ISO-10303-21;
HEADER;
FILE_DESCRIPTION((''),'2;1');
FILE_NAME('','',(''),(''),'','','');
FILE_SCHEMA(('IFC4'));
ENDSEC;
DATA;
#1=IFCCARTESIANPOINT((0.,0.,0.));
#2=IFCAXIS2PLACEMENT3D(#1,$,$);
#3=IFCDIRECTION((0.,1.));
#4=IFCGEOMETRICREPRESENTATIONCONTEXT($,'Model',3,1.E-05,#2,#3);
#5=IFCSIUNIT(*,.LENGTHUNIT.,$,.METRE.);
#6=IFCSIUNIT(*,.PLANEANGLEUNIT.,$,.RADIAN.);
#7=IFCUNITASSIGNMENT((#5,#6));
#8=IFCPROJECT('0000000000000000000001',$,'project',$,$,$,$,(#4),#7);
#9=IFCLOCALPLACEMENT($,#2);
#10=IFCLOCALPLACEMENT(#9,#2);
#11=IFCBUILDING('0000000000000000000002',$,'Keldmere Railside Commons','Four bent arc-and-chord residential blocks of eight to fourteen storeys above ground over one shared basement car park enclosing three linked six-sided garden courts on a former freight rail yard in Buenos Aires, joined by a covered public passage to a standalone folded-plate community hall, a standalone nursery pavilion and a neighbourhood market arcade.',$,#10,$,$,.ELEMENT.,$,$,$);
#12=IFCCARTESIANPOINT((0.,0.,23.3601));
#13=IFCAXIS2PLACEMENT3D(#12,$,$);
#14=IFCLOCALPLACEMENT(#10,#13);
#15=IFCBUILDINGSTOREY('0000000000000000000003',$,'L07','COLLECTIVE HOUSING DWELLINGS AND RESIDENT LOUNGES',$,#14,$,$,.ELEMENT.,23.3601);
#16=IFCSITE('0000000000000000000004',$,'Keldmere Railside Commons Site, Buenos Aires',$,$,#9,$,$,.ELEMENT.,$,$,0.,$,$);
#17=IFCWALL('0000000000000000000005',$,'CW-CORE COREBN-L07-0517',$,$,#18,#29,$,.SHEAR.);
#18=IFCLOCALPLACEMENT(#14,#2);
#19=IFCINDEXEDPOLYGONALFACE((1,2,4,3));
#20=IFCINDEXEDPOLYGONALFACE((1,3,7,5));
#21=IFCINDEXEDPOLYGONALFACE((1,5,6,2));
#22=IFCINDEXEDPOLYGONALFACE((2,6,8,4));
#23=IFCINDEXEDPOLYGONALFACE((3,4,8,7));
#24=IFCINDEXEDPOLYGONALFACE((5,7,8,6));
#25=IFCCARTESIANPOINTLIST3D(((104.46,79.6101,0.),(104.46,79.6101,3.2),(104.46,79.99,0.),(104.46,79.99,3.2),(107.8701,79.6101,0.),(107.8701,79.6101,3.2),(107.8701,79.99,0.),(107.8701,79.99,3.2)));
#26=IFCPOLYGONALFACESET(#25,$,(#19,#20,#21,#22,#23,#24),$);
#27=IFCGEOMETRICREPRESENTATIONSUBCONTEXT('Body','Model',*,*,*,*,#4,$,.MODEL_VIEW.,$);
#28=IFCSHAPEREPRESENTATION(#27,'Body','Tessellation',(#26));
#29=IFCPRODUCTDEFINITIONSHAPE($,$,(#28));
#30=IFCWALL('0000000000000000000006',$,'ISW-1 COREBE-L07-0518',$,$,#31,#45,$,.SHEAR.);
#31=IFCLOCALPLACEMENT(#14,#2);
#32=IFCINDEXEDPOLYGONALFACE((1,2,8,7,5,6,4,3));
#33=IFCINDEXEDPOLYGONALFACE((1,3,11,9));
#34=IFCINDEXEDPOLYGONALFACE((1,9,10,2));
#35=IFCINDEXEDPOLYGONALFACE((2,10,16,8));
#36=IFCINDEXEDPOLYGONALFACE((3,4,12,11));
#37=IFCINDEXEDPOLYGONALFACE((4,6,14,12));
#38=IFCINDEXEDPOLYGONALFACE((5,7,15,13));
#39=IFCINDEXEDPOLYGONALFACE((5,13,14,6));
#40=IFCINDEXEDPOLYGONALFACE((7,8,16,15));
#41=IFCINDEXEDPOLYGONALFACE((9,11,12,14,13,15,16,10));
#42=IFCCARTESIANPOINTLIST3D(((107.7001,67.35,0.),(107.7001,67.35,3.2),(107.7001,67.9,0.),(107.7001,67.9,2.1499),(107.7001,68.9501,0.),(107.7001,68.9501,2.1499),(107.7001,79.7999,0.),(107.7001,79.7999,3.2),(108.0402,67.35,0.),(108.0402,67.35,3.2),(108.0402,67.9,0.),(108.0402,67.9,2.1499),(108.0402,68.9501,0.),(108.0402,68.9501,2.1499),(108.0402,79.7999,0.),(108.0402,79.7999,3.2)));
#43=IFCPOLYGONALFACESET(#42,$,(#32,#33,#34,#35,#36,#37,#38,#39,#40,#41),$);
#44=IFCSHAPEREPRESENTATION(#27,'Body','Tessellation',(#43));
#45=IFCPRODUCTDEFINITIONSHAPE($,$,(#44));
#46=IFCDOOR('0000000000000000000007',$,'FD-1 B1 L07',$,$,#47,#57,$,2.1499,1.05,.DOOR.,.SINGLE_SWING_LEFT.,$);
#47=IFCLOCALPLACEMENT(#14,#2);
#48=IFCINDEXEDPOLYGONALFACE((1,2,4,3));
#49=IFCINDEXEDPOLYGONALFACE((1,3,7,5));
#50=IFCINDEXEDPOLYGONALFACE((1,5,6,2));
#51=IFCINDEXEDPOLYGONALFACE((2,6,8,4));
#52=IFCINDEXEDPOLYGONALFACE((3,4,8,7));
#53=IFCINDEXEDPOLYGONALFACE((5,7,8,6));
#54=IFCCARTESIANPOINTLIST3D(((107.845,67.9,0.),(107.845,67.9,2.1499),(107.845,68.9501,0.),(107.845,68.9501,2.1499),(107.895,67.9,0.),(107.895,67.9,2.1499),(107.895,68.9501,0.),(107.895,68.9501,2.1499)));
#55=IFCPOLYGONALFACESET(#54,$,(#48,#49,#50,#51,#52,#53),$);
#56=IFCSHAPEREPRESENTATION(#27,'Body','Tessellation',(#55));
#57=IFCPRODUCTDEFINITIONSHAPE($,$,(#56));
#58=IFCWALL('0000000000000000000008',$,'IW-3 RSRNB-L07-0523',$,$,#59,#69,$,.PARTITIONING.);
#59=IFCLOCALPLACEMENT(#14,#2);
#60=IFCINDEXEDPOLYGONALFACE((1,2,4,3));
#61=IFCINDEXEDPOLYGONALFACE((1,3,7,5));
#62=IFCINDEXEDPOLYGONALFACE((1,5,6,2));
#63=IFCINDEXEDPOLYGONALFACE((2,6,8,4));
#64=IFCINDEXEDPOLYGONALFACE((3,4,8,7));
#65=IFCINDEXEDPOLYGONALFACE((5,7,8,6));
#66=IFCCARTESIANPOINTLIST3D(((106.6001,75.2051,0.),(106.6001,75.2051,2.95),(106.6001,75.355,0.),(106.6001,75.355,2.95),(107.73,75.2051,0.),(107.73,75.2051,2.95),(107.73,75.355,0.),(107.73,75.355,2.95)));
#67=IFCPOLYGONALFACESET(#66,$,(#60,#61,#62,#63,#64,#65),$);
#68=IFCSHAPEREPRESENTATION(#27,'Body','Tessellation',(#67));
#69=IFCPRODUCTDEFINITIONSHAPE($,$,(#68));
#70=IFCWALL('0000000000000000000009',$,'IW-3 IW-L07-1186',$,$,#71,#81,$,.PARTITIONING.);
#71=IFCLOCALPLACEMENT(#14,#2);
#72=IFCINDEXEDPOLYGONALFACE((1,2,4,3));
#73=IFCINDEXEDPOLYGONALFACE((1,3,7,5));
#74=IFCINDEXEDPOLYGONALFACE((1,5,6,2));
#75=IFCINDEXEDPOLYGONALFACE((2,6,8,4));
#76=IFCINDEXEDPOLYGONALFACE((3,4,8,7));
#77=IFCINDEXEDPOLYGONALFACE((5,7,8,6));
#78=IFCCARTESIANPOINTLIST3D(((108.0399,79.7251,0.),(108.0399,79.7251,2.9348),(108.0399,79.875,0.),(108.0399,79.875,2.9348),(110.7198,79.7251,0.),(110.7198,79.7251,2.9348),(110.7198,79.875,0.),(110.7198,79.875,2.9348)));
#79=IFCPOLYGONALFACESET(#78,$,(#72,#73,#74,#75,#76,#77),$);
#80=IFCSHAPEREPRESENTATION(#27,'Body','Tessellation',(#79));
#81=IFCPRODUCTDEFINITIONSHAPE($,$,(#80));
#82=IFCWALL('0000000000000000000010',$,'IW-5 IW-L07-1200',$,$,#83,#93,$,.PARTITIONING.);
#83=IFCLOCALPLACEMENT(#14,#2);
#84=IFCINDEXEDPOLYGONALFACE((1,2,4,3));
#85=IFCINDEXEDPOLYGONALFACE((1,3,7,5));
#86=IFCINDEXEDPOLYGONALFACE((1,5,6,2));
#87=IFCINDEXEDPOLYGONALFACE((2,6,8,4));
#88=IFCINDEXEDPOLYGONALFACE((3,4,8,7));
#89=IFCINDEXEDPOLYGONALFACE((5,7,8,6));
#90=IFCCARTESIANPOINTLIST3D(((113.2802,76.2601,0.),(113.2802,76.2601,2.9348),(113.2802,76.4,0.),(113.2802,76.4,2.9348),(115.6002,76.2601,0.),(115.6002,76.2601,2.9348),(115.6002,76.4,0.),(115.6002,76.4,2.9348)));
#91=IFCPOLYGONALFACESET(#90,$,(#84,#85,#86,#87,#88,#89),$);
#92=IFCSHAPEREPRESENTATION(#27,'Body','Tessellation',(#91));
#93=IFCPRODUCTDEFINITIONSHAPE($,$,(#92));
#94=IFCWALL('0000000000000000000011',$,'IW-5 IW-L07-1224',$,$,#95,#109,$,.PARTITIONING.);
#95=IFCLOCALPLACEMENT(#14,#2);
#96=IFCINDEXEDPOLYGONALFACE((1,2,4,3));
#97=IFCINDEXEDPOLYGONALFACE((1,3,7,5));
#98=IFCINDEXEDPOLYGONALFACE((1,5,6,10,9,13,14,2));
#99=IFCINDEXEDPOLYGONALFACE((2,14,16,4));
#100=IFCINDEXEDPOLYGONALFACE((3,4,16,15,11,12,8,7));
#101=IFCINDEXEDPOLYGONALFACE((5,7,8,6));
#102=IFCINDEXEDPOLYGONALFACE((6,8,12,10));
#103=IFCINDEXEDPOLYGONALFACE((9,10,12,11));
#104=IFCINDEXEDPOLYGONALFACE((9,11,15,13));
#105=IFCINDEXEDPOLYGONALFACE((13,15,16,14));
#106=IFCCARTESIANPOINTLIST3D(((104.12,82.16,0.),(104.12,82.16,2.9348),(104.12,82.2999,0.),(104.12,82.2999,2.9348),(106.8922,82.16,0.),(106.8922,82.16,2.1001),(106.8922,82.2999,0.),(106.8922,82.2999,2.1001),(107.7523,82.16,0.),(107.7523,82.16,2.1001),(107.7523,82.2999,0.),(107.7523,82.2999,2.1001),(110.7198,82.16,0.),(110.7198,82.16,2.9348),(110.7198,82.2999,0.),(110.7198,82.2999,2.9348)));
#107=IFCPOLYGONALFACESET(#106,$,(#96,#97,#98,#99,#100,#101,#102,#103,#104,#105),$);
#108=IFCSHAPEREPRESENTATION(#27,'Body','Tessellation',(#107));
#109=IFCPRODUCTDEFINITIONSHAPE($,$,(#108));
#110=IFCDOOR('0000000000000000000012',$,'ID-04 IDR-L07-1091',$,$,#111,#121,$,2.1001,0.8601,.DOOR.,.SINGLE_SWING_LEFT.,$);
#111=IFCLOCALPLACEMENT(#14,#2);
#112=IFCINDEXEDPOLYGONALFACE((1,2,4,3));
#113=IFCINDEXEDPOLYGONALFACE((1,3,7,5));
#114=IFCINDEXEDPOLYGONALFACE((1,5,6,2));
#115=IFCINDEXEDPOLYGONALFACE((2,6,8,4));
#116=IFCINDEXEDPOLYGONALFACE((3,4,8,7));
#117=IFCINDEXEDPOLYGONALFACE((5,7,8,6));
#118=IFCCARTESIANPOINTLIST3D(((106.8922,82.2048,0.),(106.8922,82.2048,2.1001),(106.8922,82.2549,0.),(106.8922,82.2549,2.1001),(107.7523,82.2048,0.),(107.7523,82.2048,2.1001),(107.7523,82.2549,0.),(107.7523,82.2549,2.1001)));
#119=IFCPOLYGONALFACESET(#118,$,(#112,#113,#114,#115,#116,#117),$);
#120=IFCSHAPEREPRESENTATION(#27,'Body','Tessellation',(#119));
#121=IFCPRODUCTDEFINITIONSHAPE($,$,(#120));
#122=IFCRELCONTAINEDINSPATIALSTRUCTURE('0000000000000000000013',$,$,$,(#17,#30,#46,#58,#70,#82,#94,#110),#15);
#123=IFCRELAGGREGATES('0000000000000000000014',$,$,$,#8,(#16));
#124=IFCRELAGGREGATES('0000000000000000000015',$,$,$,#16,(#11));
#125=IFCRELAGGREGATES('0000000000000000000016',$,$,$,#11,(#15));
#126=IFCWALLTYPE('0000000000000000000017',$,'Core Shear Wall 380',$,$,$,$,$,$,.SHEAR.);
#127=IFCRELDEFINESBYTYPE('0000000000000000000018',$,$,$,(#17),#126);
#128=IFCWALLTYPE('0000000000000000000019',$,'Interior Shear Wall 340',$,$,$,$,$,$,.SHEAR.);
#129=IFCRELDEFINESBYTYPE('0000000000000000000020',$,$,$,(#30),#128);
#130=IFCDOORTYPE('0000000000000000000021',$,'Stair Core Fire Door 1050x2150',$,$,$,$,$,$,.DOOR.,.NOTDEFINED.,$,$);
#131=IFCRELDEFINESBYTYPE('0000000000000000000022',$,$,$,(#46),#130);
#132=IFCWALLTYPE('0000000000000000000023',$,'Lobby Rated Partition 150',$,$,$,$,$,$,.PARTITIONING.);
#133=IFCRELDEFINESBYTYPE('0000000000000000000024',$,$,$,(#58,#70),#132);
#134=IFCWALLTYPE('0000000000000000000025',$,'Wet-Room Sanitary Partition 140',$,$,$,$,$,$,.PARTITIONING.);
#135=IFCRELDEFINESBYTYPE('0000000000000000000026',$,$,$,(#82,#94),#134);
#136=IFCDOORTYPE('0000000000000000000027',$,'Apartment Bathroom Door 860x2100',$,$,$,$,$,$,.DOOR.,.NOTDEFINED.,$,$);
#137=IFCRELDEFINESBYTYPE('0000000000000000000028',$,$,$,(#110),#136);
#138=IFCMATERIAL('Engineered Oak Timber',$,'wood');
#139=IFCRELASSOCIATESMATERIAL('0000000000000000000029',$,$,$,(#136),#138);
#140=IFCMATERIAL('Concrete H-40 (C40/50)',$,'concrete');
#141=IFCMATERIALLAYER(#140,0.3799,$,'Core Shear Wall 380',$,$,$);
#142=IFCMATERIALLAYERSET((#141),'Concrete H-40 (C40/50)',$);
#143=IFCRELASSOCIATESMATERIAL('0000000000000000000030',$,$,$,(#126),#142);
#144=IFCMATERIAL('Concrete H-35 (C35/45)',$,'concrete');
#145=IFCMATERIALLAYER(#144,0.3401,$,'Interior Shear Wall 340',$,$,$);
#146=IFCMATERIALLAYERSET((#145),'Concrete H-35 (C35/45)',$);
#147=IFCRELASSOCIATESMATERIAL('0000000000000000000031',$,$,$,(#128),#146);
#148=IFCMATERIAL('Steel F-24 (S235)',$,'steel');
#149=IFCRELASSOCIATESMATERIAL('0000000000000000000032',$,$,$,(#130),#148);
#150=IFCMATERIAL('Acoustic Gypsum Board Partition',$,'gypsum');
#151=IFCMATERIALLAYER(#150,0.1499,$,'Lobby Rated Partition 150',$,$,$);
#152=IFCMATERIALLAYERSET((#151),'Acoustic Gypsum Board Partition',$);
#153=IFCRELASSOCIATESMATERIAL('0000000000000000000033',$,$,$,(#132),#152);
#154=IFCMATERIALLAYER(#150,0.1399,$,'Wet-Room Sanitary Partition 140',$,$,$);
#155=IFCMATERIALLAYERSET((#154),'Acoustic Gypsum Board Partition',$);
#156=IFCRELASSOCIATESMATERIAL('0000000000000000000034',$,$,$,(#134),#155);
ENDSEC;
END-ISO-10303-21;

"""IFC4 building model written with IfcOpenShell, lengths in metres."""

from ifc_helpers import new_model, si_unit, direction, frame, frame_2d, origin, place, context, subcontext, project, spatial, rectangle, extrude, material, layer, layer_set, type_object, element, fill, save


model = new_model("IFC4")

# Units and contexts
model_context = context("Model", 3, precision=1e-05, world=origin(), true_north=direction((0.0, 1.0)))
body_context = subcontext(model_context, "Body", "Model", "MODEL_VIEW")
ifc_project = project(units=[si_unit("LENGTHUNIT", "METRE"), si_unit("PLANEANGLEUNIT", "RADIAN")], contexts=[model_context])

# Site, building, storey
site_placement = place(None, origin())
site = spatial("IfcSite", under=ifc_project, at=site_placement, Name="Keldmere Railside Commons Site, Buenos Aires", CompositionType="ELEMENT", RefElevation=0.0)
building_placement = place(site_placement, origin())
building = spatial("IfcBuilding", under=site, at=building_placement, Name="Keldmere Railside Commons", Description="Four bent arc-and-chord residential blocks of eight to fourteen storeys above ground over one shared basement car park enclosing three linked six-sided garden courts on a former freight rail yard in Buenos Aires, joined by a covered public passage to a standalone folded-plate community hall, a standalone nursery pavilion and a neighbourhood market arcade.", CompositionType="ELEMENT")
storey_placement = place(building_placement, frame((0.0, 0.0, 23.3601)))
storey = spatial("IfcBuildingStorey", under=building, at=storey_placement, Name="L07", Description="COLLECTIVE HOUSING DWELLINGS AND RESIDENT LOUNGES", CompositionType="ELEMENT", Elevation=23.3601)

# Shared definitions
ifc_material_1 = material(Name="Concrete H-35 (C35/45)", Category="concrete")

# Shared definitions
ifc_material_2 = material(Name="Acoustic Gypsum Board Partition", Category="gypsum")

# Shared definitions
ifc_material_3 = material(Name="Engineered Oak Timber", Category="wood")
door_type_1 = type_object("IfcDoorType", Name="Apartment Bathroom Door 860x2100", OperationType="NOTDEFINED", PredefinedType="DOOR", material=ifc_material_3)

# Wall
ifc_material_4 = material(Name="Concrete H-40 (C40/50)", Category="concrete")
ifc_layer_1 = layer(ifc_material_4, 0.3799, Name="Core Shear Wall 380")
ifc_layer_set_1 = layer_set([ifc_layer_1], Name="Concrete H-40 (C40/50)")
wall_type_1 = type_object("IfcWallType", Name="Core Shear Wall 380", PredefinedType="SHEAR", material=ifc_layer_set_1)
wall_1_placement = place(storey_placement, frame((104.46, 79.8, 0.0), z_axis=(0.0, 0.0, 1.0), x_axis=(1.0, 0.0, 0.0)))
element("IfcWall", 1, at=wall_1_placement, inside=storey, type_object=wall_type_1, Name="CW-CORE COREBN-L07-0517", PredefinedType="SHEAR", context=body_context, shape_type="SweptSolid", body=[
    extrude(rectangle(XDim=3.4102, YDim=0.3799, at=frame_2d((1.7051, 0.0))), origin(), (0.0, 0.0, 1.0), 3.2),
])

# Wall, opening, door
ifc_layer_2 = layer(ifc_material_1, 0.3401, Name="Interior Shear Wall 340")
ifc_layer_set_2 = layer_set([ifc_layer_2], Name="Concrete H-35 (C35/45)")
wall_type_2 = type_object("IfcWallType", Name="Interior Shear Wall 340", PredefinedType="SHEAR", material=ifc_layer_set_2)
wall_2_placement = place(storey_placement, frame((107.8701, 79.8, 0.0), z_axis=(0.0, 0.0, 1.0), x_axis=(0.0, -1.0, 0.0)))
wall_2 = element("IfcWall", 2, at=wall_2_placement, inside=storey, type_object=wall_type_2, Name="ISW-1 COREBE-L07-0518", PredefinedType="SHEAR", context=body_context, shape_type="SweptSolid", body=[
    extrude(rectangle(XDim=12.45, YDim=0.3401, at=frame_2d((6.2251, 0.0))), origin(), (0.0, 0.0, 1.0), 3.2),
])
opening_1_placement = place(wall_2_placement, frame((10.8501, 0.0, 0.0)))
opening_1 = element("IfcOpeningElement", 3, at=opening_1_placement, cuts=wall_2, PredefinedType="OPENING", context=body_context, shape_type="SweptSolid", body=[
    extrude(rectangle(XDim=1.05, YDim=2.1499, at=frame_2d((0.5249, 1.075))), frame((0.0, 0.1799, 0.0), z_axis=(0.0, -1.0, 0.0), x_axis=(1.0, 0.0, 0.0)), (0.0, 0.0, 1.0), 0.3601),
])
ifc_material_5 = material(Name="Steel F-24 (S235)", Category="steel")
door_type_2 = type_object("IfcDoorType", Name="Stair Core Fire Door 1050x2150", OperationType="NOTDEFINED", PredefinedType="DOOR", material=ifc_material_5)
door_1_placement = place(opening_1_placement, origin())
door_1 = element("IfcDoor", 4, at=door_1_placement, inside=storey, type_object=door_type_2, Name="FD-1 B1 L07", OperationType="SINGLE_SWING_LEFT", OverallHeight=2.1499, OverallWidth=1.05, PredefinedType="DOOR", context=body_context, shape_type="SweptSolid", body=[
    extrude(rectangle(XDim=1.05, YDim=2.1499, at=frame_2d((0.5249, 1.075))), frame((0.0, 0.0249, 0.0), z_axis=(0.0, -1.0, 0.0), x_axis=(1.0, 0.0, 0.0)), (0.0, 0.0, 1.0), 0.05),
])
fill(opening_1, door_1)

# Walls
ifc_layer_3 = layer(ifc_material_2, 0.1499, Name="Lobby Rated Partition 150")
ifc_layer_set_3 = layer_set([ifc_layer_3], Name="Acoustic Gypsum Board Partition")
wall_type_3 = type_object("IfcWallType", Name="Lobby Rated Partition 150", PredefinedType="PARTITIONING", material=ifc_layer_set_3)
wall_3_placement = place(storey_placement, frame((106.6001, 75.28, 0.0), z_axis=(0.0, 0.0, 1.0), x_axis=(1.0, 0.0, 0.0)))
element("IfcWall", 5, at=wall_3_placement, inside=storey, type_object=wall_type_3, Name="IW-3 RSRNB-L07-0523", PredefinedType="PARTITIONING", context=body_context, shape_type="SweptSolid", body=[
    extrude(rectangle(XDim=1.1299, YDim=0.1499, at=frame_2d((0.5649, 0.0))), origin(), (0.0, 0.0, 1.0), 2.95),
])
wall_4_placement = place(storey_placement, frame((108.04, 79.8, 0.0), z_axis=(0.0, 0.0, 1.0), x_axis=(1.0, 0.0, 0.0)))
element("IfcWall", 6, at=wall_4_placement, inside=storey, type_object=wall_type_3, Name="IW-3 IW-L07-1186", PredefinedType="PARTITIONING", context=body_context, shape_type="SweptSolid", body=[
    extrude(rectangle(XDim=2.6799, YDim=0.1499, at=frame_2d((1.3398, 0.0))), origin(), (0.0, 0.0, 1.0), 2.9348),
])
ifc_layer_4 = layer(ifc_material_2, 0.1399, Name="Wet-Room Sanitary Partition 140")
ifc_layer_set_4 = layer_set([ifc_layer_4], Name="Acoustic Gypsum Board Partition")
wall_type_4 = type_object("IfcWallType", Name="Wet-Room Sanitary Partition 140", PredefinedType="PARTITIONING", material=ifc_layer_set_4)
wall_5_placement = place(storey_placement, frame((113.28, 76.3301, 0.0), z_axis=(0.0, 0.0, 1.0), x_axis=(1.0, 0.0, 0.0)))
element("IfcWall", 7, at=wall_5_placement, inside=storey, type_object=wall_type_4, Name="IW-5 IW-L07-1200", PredefinedType="PARTITIONING", context=body_context, shape_type="SweptSolid", body=[
    extrude(rectangle(XDim=2.3201, YDim=0.1399, at=frame_2d((1.1602, 0.0))), origin(), (0.0, 0.0, 1.0), 2.9348),
])

# Wall, opening, door
wall_6_placement = place(storey_placement, frame((104.1201, 82.23, 0.0), z_axis=(0.0, 0.0, 1.0), x_axis=(1.0, 0.0, 0.0)))
wall_6 = element("IfcWall", 8, at=wall_6_placement, inside=storey, type_object=wall_type_4, Name="IW-5 IW-L07-1224", PredefinedType="PARTITIONING", context=body_context, shape_type="SweptSolid", body=[
    extrude(rectangle(XDim=6.5999, YDim=0.1399, at=frame_2d((3.2998, 0.0))), origin(), (0.0, 0.0, 1.0), 2.9348),
])
opening_2_placement = place(wall_6_placement, frame((2.772, 0.0, 0.0)))
opening_2 = element("IfcOpeningElement", 9, at=opening_2_placement, cuts=wall_6, PredefinedType="OPENING", context=body_context, shape_type="SweptSolid", body=[
    extrude(rectangle(XDim=0.8601, YDim=2.1001, at=frame_2d((0.4302, 1.05))), frame((0.0, 0.0798, 0.0), z_axis=(0.0, -1.0, 0.0), x_axis=(1.0, 0.0, 0.0)), (0.0, 0.0, 1.0), 0.1599),
])
door_2_placement = place(opening_2_placement, origin())
door_2 = element("IfcDoor", 10, at=door_2_placement, inside=storey, type_object=door_type_1, Name="ID-04 IDR-L07-1091", OperationType="SINGLE_SWING_LEFT", OverallHeight=2.1001, OverallWidth=0.8601, PredefinedType="DOOR", context=body_context, shape_type="SweptSolid", body=[
    extrude(rectangle(XDim=0.8601, YDim=2.1001, at=frame_2d((0.4302, 1.05))), frame((0.0, 0.0249, 0.0), z_axis=(0.0, -1.0, 0.0), x_axis=(1.0, 0.0, 0.0)), (0.0, 0.0, 1.0), 0.05),
])
fill(opening_2, door_2)

save(model, "model.ifc")
